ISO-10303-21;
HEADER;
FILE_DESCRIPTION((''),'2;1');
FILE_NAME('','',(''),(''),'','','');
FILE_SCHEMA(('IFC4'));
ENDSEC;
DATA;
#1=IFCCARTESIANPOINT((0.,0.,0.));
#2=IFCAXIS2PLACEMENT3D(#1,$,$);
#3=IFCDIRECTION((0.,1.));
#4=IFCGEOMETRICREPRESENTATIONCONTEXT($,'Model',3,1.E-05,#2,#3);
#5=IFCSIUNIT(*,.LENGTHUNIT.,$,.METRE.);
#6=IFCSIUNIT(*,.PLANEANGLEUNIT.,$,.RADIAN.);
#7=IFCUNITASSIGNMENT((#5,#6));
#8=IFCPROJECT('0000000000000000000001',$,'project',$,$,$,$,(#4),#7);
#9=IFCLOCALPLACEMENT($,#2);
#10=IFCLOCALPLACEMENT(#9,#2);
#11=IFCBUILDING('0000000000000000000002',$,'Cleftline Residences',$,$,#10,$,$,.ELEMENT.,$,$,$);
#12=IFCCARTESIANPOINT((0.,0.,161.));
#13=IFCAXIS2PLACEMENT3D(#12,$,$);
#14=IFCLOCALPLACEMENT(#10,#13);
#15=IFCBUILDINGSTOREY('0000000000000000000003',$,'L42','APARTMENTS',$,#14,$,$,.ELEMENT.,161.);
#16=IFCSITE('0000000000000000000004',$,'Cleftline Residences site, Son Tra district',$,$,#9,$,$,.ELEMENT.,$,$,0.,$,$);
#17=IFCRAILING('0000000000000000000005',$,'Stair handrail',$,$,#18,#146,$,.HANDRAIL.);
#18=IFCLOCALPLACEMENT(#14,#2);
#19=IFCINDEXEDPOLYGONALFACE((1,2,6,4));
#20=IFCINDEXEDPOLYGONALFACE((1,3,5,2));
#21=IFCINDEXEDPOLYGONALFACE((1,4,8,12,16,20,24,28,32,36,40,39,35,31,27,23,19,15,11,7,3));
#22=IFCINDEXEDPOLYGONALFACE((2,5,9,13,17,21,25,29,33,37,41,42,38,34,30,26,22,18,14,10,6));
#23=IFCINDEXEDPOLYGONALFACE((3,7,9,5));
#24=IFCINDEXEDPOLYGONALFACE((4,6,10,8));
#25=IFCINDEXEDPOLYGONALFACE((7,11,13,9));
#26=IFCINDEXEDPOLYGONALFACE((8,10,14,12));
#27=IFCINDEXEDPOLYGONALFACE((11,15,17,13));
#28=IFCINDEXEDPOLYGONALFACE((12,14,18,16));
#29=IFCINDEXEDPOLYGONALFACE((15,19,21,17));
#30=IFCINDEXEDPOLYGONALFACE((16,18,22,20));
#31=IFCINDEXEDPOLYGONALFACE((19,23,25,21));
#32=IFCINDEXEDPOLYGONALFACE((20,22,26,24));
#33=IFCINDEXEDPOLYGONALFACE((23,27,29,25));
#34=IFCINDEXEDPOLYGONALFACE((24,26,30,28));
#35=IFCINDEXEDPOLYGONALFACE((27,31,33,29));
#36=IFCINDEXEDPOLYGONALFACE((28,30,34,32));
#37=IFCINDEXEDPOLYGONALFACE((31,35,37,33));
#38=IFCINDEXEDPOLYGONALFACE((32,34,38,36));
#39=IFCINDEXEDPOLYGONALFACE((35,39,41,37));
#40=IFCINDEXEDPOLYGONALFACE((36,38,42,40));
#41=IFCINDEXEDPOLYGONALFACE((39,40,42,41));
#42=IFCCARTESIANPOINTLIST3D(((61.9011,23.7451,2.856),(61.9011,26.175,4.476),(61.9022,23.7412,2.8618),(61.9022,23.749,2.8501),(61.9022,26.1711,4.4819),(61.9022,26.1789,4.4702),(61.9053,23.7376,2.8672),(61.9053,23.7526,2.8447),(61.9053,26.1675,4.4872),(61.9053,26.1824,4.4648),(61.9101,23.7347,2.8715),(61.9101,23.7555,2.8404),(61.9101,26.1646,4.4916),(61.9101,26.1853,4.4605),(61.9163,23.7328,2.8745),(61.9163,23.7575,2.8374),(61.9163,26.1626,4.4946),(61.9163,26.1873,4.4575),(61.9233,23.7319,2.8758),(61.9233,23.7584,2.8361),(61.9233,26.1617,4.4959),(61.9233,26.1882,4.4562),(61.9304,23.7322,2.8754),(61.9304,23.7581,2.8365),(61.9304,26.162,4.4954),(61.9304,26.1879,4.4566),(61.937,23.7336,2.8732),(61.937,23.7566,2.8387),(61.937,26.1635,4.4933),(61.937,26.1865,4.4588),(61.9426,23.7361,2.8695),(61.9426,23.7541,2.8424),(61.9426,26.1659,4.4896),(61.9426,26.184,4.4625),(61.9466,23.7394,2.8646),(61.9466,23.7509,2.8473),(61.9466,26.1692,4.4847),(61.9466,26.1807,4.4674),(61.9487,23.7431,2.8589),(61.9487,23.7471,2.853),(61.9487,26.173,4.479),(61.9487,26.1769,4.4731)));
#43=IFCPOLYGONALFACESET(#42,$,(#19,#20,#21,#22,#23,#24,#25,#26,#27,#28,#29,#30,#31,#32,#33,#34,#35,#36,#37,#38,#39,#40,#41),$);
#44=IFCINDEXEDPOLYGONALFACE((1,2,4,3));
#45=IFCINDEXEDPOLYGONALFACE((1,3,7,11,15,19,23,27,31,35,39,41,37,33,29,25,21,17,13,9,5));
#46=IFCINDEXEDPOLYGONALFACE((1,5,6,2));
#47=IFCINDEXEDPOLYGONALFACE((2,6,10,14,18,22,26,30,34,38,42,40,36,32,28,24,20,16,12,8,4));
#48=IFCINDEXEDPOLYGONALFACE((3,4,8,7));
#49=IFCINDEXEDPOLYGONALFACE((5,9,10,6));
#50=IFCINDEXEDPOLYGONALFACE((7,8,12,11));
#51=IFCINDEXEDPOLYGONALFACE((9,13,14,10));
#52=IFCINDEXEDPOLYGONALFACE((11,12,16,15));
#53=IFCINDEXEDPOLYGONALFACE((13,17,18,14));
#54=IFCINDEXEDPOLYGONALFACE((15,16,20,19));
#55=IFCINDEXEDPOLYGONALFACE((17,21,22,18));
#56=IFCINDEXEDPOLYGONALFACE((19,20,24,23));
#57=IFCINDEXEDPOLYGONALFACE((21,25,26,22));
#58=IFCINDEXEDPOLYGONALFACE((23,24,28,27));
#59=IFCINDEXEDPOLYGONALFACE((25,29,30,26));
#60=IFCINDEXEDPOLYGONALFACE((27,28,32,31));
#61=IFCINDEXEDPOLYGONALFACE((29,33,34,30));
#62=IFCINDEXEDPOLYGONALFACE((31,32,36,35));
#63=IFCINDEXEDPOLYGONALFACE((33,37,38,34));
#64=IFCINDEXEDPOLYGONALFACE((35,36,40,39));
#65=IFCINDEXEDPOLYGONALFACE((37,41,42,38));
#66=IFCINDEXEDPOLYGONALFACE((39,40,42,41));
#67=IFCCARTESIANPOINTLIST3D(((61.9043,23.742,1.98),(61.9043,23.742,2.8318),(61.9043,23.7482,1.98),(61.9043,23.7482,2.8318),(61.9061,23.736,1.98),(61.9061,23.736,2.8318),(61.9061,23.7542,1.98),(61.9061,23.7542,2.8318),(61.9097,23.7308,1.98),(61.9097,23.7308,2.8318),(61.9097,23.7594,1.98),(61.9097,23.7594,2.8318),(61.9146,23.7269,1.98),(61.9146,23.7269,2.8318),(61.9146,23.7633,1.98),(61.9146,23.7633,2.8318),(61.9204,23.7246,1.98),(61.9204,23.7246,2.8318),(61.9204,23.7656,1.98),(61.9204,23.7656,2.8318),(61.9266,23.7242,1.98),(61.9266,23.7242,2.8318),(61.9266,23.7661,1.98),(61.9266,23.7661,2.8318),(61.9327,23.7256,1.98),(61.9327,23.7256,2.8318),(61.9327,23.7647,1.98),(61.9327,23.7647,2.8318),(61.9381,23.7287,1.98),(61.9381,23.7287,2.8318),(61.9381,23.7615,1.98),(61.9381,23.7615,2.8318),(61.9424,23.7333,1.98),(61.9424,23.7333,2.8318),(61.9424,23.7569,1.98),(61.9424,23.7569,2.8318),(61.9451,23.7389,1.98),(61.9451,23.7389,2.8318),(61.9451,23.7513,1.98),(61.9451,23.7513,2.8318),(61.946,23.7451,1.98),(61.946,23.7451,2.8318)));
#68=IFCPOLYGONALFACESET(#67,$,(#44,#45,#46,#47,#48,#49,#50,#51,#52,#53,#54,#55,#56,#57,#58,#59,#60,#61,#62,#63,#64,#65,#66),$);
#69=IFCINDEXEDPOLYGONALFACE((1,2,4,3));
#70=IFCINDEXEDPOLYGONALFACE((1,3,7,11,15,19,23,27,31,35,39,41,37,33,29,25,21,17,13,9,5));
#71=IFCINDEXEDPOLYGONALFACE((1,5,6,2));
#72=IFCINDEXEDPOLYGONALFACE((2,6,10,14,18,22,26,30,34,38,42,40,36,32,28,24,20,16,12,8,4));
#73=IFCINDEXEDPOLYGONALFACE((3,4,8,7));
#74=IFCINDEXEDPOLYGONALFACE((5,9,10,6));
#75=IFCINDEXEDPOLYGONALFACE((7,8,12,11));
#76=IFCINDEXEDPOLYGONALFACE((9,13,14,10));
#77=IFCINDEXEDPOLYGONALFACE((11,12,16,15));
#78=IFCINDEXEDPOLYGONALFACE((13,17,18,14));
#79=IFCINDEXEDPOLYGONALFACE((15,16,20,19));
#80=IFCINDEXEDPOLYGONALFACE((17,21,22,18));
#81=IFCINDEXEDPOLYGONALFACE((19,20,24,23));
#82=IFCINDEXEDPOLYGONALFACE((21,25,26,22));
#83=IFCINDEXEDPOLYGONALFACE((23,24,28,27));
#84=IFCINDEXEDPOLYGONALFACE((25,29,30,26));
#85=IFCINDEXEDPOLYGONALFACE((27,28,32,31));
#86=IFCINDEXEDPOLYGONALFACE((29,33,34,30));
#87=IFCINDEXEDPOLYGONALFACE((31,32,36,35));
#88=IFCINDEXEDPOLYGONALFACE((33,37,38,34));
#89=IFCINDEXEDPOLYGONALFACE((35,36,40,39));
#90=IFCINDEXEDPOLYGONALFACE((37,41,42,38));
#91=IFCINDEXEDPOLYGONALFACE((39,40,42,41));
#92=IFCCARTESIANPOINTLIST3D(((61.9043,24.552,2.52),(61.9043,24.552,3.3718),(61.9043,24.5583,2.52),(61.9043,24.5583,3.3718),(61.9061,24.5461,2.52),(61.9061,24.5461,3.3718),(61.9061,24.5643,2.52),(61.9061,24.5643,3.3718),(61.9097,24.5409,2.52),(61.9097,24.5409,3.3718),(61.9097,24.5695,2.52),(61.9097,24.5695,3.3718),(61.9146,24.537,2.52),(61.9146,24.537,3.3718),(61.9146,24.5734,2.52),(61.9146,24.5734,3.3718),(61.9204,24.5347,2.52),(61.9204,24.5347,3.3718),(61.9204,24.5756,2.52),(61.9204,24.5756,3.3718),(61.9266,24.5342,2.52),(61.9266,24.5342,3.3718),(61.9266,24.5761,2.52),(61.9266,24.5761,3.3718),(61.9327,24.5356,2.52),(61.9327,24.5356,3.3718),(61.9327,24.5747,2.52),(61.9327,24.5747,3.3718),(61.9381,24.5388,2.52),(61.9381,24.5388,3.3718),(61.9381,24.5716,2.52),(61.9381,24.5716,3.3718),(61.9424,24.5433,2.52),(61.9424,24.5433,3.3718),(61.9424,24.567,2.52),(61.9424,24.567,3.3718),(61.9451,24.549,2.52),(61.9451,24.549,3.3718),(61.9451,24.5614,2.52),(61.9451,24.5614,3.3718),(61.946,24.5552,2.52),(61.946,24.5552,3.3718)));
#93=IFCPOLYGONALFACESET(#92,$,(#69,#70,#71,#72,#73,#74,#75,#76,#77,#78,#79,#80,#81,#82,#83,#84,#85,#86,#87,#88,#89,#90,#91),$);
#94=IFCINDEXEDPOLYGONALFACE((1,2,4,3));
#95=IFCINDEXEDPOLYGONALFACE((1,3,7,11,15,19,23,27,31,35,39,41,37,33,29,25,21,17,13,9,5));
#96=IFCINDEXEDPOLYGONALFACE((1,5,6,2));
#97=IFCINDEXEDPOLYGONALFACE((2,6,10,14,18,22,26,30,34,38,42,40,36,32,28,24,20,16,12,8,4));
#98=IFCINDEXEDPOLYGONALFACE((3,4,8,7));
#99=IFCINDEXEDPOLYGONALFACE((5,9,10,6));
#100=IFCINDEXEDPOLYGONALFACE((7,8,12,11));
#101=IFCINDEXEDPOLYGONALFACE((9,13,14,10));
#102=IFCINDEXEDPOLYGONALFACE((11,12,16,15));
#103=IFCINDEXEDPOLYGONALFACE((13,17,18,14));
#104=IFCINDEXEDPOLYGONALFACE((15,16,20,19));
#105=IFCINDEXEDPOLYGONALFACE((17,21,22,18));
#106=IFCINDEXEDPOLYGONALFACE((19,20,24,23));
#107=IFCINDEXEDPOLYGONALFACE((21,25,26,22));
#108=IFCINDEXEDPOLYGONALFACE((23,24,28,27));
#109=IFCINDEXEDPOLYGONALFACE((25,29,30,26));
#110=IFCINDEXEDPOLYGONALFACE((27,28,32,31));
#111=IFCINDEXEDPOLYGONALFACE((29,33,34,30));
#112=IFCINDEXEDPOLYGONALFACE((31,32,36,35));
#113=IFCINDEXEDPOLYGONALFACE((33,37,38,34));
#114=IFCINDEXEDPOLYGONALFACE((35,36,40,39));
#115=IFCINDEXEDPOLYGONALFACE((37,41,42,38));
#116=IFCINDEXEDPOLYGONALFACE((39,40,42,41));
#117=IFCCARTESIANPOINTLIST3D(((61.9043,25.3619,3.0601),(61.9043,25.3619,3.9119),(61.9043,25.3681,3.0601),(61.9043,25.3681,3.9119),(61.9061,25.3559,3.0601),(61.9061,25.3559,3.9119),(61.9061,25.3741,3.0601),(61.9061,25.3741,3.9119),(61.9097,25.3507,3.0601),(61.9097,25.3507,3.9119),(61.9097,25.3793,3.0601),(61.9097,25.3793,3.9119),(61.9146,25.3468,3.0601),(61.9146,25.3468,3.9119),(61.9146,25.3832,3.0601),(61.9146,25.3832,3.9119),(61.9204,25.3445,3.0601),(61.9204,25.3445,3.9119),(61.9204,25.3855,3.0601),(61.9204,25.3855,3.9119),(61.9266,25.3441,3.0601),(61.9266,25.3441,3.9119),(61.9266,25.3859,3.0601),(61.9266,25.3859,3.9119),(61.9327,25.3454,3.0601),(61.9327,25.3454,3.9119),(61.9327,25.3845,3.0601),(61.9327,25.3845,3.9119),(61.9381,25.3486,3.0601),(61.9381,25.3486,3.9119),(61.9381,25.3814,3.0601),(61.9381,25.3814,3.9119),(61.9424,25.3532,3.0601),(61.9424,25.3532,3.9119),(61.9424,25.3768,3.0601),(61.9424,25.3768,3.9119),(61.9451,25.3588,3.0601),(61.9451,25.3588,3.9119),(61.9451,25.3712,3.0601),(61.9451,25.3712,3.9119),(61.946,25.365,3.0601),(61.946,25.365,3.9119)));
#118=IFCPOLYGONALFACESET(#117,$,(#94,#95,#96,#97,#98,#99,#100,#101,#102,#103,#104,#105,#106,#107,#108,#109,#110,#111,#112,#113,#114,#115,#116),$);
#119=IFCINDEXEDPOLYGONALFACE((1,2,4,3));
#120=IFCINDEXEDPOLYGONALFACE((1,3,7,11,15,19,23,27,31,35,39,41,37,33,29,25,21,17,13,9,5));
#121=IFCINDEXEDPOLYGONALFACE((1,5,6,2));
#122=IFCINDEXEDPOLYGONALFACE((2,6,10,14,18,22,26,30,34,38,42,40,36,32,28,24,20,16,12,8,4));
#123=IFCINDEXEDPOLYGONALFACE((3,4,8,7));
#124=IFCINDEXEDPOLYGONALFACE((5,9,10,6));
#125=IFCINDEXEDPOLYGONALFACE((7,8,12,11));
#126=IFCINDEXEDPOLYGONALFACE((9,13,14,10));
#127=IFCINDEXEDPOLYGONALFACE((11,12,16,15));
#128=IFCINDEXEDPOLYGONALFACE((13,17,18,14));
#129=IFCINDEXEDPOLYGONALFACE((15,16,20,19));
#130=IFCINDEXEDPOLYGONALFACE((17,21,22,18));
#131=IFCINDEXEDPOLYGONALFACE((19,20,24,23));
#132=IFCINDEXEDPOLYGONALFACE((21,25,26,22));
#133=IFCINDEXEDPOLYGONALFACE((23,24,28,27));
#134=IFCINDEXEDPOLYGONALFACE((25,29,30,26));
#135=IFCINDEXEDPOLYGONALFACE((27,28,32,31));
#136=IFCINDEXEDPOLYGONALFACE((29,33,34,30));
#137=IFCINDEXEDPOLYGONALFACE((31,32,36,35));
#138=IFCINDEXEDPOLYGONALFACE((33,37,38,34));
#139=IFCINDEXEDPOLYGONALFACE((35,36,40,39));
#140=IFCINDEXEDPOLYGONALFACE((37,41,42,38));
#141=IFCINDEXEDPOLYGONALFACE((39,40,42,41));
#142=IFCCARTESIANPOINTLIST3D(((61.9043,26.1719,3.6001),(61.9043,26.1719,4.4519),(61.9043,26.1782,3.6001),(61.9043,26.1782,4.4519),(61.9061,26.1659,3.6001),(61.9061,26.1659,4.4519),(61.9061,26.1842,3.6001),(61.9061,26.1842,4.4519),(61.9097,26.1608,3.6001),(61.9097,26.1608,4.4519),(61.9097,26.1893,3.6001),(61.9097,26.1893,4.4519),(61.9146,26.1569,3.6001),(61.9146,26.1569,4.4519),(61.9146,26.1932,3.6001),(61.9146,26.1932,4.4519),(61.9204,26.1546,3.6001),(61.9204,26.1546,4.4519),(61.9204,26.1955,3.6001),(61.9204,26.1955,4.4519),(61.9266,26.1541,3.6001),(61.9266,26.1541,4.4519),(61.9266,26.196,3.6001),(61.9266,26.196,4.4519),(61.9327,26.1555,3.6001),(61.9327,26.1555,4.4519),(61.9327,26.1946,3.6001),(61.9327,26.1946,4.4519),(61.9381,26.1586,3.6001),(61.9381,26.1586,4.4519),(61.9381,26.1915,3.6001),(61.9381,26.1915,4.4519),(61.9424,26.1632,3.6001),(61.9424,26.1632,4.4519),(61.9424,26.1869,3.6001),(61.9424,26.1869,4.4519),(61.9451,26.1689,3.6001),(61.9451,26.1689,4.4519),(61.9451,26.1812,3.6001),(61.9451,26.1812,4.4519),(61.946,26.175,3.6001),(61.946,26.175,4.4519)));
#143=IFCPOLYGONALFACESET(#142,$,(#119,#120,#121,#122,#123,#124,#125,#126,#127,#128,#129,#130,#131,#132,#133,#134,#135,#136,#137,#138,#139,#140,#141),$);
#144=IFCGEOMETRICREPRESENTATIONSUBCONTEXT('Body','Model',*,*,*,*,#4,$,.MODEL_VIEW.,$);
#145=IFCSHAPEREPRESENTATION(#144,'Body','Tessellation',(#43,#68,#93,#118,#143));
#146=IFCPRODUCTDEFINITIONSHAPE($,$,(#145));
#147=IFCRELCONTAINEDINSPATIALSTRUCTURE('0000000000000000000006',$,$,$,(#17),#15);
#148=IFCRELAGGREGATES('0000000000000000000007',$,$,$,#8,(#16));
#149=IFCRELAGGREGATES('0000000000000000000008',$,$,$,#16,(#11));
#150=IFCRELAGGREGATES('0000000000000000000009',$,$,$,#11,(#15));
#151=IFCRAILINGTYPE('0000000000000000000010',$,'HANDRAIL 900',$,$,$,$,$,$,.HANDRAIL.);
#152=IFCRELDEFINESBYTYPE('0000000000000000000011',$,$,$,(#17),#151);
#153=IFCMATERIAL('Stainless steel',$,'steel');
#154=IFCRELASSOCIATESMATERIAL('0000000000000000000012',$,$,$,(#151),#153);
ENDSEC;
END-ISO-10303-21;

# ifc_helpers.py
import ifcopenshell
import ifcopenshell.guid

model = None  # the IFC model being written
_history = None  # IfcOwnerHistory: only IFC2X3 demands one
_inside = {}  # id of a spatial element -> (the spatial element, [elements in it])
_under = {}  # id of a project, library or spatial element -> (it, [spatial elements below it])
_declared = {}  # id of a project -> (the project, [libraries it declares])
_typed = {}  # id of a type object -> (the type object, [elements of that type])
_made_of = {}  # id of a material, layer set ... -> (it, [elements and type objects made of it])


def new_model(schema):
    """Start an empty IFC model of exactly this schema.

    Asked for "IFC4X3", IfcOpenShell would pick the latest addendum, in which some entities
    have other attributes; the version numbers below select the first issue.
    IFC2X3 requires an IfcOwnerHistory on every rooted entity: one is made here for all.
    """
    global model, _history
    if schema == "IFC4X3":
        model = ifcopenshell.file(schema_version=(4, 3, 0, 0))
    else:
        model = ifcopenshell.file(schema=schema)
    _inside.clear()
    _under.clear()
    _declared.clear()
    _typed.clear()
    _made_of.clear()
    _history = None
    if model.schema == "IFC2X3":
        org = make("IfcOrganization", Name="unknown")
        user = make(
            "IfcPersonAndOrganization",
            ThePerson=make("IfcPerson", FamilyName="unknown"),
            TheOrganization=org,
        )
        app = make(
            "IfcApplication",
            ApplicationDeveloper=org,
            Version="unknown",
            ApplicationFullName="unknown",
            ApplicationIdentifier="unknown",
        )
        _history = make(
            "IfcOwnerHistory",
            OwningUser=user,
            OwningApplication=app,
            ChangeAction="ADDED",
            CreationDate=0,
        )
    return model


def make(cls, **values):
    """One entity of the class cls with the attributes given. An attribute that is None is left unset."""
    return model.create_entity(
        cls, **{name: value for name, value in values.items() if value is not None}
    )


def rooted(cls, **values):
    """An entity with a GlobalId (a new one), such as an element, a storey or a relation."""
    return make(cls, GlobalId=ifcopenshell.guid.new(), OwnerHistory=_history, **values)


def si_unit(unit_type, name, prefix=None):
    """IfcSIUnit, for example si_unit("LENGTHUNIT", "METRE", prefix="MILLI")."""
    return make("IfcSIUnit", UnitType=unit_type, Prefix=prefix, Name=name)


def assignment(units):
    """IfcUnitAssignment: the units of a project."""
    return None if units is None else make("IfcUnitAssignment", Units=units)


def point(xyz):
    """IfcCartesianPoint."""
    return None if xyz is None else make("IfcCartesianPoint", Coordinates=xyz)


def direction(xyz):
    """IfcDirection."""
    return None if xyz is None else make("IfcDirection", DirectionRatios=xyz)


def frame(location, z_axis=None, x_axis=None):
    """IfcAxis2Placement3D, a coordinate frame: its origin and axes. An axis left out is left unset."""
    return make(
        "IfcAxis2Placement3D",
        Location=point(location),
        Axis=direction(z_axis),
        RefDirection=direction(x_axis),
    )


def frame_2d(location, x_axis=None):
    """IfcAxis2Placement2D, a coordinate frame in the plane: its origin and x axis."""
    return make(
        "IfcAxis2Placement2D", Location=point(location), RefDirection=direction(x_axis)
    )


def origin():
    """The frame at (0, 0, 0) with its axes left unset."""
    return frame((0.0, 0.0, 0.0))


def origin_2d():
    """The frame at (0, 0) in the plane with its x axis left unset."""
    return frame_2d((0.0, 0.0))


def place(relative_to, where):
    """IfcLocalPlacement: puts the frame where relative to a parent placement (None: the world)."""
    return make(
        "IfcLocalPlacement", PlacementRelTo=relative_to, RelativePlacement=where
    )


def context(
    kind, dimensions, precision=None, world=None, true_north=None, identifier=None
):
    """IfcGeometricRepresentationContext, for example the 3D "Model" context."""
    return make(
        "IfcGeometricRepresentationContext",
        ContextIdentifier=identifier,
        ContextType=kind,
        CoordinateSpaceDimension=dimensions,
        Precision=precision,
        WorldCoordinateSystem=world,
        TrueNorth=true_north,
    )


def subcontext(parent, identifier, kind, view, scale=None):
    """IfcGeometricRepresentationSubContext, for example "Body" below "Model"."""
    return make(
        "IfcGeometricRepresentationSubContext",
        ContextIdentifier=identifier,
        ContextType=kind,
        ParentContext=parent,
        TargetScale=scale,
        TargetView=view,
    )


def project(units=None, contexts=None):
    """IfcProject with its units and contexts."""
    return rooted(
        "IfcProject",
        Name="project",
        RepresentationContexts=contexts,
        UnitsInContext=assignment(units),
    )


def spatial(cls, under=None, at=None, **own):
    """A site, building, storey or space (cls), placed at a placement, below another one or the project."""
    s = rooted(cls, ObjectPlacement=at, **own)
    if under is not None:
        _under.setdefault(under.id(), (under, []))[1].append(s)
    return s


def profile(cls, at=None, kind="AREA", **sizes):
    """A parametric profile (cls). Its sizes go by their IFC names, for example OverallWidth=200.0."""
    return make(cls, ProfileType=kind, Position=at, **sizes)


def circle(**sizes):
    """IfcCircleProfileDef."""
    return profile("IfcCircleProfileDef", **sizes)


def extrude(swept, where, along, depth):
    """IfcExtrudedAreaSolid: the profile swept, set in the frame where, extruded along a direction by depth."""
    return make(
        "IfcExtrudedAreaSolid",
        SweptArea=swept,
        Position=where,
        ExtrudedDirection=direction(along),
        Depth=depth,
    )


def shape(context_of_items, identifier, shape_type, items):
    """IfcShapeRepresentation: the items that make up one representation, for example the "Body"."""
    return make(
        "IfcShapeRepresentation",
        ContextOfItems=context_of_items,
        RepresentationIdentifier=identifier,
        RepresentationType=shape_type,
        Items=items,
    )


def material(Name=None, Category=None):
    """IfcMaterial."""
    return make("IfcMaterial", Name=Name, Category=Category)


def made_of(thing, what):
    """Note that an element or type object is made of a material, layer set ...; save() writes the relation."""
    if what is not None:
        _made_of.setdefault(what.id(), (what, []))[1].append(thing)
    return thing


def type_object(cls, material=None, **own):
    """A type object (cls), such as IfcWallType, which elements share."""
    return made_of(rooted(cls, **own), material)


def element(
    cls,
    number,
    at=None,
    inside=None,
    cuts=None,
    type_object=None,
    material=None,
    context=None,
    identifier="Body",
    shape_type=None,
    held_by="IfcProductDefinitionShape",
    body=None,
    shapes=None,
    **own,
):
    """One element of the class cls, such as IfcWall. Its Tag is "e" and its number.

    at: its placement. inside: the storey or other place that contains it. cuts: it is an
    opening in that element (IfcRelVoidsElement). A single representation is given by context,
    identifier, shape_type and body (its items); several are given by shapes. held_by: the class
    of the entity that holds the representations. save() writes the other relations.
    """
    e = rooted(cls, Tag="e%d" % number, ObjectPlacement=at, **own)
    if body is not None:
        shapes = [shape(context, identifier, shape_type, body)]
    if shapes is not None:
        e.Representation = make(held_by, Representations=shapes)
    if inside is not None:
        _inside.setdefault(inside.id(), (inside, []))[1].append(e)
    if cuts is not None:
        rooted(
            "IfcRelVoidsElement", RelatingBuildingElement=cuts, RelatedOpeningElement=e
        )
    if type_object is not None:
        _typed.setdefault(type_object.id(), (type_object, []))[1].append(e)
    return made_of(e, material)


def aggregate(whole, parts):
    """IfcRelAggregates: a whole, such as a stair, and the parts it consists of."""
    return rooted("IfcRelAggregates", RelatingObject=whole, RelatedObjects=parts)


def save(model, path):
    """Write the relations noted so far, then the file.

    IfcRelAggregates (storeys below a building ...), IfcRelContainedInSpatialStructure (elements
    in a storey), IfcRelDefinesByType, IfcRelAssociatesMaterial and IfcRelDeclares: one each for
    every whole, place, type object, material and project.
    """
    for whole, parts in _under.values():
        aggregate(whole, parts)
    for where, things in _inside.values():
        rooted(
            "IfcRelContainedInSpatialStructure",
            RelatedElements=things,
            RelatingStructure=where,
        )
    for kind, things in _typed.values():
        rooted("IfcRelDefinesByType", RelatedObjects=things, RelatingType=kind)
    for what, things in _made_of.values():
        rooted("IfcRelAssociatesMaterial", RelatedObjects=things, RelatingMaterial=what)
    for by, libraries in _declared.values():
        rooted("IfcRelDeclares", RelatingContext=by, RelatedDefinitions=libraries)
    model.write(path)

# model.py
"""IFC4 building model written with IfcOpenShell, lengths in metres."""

from ifc_helpers import new_model, si_unit, direction, frame, origin, origin_2d, place, context, subcontext, project, spatial, circle, extrude, material, type_object, element, save


model = new_model("IFC4")

# Units and contexts
model_context = context("Model", 3, precision=1e-05, world=origin(), true_north=direction((0.0, 1.0)))
body_context = subcontext(model_context, "Body", "Model", "MODEL_VIEW")
ifc_project = project(units=[si_unit("LENGTHUNIT", "METRE"), si_unit("PLANEANGLEUNIT", "RADIAN")], contexts=[model_context])

# Site, building, storey
site_placement = place(None, origin())
site = spatial("IfcSite", under=ifc_project, at=site_placement, Name="Cleftline Residences site, Son Tra district", CompositionType="ELEMENT", RefElevation=0.0)
building_placement = place(site_placement, origin())
building = spatial("IfcBuilding", under=site, at=building_placement, Name="Cleftline Residences", CompositionType="ELEMENT")
storey_placement = place(building_placement, frame((0.0, 0.0, 161.0)))
storey = spatial("IfcBuildingStorey", under=building, at=storey_placement, Name="L42", Description="APARTMENTS", CompositionType="ELEMENT", Elevation=161.0)

# Railing
ifc_material_1 = material(Name="Stainless steel", Category="steel")
railing_type = type_object("IfcRailingType", Name="HANDRAIL 900", PredefinedType="HANDRAIL", material=ifc_material_1)
railing_placement = place(storey_placement, frame((61.925, 23.7451, 1.98)))
element("IfcRailing", 1, at=railing_placement, inside=storey, type_object=railing_type, Name="Stair handrail", PredefinedType="HANDRAIL", context=body_context, shape_type="SweptSolid", body=[
    extrude(circle(Radius=0.0239, at=origin_2d()), frame((0.0, 0.0, 0.876), z_axis=(0.0, 0.832025, 0.554739), x_axis=(-1.0, 0.0, 0.0)), (0.0, 0.0, 1.0), 2.9204),
    extrude(circle(Radius=0.021, at=origin_2d()), origin(), (0.0, 0.0, 1.0), 0.8518),
    extrude(circle(Radius=0.021, at=origin_2d()), frame((0.0, 0.8101, 0.54)), (0.0, 0.0, 1.0), 0.8518),
    extrude(circle(Radius=0.021, at=origin_2d()), frame((0.0, 1.6199, 1.0801)), (0.0, 0.0, 1.0), 0.8518),
    extrude(circle(Radius=0.021, at=origin_2d()), frame((0.0, 2.4299, 1.6201)), (0.0, 0.0, 1.0), 0.8518),
])

save(model, "model.ifc")
